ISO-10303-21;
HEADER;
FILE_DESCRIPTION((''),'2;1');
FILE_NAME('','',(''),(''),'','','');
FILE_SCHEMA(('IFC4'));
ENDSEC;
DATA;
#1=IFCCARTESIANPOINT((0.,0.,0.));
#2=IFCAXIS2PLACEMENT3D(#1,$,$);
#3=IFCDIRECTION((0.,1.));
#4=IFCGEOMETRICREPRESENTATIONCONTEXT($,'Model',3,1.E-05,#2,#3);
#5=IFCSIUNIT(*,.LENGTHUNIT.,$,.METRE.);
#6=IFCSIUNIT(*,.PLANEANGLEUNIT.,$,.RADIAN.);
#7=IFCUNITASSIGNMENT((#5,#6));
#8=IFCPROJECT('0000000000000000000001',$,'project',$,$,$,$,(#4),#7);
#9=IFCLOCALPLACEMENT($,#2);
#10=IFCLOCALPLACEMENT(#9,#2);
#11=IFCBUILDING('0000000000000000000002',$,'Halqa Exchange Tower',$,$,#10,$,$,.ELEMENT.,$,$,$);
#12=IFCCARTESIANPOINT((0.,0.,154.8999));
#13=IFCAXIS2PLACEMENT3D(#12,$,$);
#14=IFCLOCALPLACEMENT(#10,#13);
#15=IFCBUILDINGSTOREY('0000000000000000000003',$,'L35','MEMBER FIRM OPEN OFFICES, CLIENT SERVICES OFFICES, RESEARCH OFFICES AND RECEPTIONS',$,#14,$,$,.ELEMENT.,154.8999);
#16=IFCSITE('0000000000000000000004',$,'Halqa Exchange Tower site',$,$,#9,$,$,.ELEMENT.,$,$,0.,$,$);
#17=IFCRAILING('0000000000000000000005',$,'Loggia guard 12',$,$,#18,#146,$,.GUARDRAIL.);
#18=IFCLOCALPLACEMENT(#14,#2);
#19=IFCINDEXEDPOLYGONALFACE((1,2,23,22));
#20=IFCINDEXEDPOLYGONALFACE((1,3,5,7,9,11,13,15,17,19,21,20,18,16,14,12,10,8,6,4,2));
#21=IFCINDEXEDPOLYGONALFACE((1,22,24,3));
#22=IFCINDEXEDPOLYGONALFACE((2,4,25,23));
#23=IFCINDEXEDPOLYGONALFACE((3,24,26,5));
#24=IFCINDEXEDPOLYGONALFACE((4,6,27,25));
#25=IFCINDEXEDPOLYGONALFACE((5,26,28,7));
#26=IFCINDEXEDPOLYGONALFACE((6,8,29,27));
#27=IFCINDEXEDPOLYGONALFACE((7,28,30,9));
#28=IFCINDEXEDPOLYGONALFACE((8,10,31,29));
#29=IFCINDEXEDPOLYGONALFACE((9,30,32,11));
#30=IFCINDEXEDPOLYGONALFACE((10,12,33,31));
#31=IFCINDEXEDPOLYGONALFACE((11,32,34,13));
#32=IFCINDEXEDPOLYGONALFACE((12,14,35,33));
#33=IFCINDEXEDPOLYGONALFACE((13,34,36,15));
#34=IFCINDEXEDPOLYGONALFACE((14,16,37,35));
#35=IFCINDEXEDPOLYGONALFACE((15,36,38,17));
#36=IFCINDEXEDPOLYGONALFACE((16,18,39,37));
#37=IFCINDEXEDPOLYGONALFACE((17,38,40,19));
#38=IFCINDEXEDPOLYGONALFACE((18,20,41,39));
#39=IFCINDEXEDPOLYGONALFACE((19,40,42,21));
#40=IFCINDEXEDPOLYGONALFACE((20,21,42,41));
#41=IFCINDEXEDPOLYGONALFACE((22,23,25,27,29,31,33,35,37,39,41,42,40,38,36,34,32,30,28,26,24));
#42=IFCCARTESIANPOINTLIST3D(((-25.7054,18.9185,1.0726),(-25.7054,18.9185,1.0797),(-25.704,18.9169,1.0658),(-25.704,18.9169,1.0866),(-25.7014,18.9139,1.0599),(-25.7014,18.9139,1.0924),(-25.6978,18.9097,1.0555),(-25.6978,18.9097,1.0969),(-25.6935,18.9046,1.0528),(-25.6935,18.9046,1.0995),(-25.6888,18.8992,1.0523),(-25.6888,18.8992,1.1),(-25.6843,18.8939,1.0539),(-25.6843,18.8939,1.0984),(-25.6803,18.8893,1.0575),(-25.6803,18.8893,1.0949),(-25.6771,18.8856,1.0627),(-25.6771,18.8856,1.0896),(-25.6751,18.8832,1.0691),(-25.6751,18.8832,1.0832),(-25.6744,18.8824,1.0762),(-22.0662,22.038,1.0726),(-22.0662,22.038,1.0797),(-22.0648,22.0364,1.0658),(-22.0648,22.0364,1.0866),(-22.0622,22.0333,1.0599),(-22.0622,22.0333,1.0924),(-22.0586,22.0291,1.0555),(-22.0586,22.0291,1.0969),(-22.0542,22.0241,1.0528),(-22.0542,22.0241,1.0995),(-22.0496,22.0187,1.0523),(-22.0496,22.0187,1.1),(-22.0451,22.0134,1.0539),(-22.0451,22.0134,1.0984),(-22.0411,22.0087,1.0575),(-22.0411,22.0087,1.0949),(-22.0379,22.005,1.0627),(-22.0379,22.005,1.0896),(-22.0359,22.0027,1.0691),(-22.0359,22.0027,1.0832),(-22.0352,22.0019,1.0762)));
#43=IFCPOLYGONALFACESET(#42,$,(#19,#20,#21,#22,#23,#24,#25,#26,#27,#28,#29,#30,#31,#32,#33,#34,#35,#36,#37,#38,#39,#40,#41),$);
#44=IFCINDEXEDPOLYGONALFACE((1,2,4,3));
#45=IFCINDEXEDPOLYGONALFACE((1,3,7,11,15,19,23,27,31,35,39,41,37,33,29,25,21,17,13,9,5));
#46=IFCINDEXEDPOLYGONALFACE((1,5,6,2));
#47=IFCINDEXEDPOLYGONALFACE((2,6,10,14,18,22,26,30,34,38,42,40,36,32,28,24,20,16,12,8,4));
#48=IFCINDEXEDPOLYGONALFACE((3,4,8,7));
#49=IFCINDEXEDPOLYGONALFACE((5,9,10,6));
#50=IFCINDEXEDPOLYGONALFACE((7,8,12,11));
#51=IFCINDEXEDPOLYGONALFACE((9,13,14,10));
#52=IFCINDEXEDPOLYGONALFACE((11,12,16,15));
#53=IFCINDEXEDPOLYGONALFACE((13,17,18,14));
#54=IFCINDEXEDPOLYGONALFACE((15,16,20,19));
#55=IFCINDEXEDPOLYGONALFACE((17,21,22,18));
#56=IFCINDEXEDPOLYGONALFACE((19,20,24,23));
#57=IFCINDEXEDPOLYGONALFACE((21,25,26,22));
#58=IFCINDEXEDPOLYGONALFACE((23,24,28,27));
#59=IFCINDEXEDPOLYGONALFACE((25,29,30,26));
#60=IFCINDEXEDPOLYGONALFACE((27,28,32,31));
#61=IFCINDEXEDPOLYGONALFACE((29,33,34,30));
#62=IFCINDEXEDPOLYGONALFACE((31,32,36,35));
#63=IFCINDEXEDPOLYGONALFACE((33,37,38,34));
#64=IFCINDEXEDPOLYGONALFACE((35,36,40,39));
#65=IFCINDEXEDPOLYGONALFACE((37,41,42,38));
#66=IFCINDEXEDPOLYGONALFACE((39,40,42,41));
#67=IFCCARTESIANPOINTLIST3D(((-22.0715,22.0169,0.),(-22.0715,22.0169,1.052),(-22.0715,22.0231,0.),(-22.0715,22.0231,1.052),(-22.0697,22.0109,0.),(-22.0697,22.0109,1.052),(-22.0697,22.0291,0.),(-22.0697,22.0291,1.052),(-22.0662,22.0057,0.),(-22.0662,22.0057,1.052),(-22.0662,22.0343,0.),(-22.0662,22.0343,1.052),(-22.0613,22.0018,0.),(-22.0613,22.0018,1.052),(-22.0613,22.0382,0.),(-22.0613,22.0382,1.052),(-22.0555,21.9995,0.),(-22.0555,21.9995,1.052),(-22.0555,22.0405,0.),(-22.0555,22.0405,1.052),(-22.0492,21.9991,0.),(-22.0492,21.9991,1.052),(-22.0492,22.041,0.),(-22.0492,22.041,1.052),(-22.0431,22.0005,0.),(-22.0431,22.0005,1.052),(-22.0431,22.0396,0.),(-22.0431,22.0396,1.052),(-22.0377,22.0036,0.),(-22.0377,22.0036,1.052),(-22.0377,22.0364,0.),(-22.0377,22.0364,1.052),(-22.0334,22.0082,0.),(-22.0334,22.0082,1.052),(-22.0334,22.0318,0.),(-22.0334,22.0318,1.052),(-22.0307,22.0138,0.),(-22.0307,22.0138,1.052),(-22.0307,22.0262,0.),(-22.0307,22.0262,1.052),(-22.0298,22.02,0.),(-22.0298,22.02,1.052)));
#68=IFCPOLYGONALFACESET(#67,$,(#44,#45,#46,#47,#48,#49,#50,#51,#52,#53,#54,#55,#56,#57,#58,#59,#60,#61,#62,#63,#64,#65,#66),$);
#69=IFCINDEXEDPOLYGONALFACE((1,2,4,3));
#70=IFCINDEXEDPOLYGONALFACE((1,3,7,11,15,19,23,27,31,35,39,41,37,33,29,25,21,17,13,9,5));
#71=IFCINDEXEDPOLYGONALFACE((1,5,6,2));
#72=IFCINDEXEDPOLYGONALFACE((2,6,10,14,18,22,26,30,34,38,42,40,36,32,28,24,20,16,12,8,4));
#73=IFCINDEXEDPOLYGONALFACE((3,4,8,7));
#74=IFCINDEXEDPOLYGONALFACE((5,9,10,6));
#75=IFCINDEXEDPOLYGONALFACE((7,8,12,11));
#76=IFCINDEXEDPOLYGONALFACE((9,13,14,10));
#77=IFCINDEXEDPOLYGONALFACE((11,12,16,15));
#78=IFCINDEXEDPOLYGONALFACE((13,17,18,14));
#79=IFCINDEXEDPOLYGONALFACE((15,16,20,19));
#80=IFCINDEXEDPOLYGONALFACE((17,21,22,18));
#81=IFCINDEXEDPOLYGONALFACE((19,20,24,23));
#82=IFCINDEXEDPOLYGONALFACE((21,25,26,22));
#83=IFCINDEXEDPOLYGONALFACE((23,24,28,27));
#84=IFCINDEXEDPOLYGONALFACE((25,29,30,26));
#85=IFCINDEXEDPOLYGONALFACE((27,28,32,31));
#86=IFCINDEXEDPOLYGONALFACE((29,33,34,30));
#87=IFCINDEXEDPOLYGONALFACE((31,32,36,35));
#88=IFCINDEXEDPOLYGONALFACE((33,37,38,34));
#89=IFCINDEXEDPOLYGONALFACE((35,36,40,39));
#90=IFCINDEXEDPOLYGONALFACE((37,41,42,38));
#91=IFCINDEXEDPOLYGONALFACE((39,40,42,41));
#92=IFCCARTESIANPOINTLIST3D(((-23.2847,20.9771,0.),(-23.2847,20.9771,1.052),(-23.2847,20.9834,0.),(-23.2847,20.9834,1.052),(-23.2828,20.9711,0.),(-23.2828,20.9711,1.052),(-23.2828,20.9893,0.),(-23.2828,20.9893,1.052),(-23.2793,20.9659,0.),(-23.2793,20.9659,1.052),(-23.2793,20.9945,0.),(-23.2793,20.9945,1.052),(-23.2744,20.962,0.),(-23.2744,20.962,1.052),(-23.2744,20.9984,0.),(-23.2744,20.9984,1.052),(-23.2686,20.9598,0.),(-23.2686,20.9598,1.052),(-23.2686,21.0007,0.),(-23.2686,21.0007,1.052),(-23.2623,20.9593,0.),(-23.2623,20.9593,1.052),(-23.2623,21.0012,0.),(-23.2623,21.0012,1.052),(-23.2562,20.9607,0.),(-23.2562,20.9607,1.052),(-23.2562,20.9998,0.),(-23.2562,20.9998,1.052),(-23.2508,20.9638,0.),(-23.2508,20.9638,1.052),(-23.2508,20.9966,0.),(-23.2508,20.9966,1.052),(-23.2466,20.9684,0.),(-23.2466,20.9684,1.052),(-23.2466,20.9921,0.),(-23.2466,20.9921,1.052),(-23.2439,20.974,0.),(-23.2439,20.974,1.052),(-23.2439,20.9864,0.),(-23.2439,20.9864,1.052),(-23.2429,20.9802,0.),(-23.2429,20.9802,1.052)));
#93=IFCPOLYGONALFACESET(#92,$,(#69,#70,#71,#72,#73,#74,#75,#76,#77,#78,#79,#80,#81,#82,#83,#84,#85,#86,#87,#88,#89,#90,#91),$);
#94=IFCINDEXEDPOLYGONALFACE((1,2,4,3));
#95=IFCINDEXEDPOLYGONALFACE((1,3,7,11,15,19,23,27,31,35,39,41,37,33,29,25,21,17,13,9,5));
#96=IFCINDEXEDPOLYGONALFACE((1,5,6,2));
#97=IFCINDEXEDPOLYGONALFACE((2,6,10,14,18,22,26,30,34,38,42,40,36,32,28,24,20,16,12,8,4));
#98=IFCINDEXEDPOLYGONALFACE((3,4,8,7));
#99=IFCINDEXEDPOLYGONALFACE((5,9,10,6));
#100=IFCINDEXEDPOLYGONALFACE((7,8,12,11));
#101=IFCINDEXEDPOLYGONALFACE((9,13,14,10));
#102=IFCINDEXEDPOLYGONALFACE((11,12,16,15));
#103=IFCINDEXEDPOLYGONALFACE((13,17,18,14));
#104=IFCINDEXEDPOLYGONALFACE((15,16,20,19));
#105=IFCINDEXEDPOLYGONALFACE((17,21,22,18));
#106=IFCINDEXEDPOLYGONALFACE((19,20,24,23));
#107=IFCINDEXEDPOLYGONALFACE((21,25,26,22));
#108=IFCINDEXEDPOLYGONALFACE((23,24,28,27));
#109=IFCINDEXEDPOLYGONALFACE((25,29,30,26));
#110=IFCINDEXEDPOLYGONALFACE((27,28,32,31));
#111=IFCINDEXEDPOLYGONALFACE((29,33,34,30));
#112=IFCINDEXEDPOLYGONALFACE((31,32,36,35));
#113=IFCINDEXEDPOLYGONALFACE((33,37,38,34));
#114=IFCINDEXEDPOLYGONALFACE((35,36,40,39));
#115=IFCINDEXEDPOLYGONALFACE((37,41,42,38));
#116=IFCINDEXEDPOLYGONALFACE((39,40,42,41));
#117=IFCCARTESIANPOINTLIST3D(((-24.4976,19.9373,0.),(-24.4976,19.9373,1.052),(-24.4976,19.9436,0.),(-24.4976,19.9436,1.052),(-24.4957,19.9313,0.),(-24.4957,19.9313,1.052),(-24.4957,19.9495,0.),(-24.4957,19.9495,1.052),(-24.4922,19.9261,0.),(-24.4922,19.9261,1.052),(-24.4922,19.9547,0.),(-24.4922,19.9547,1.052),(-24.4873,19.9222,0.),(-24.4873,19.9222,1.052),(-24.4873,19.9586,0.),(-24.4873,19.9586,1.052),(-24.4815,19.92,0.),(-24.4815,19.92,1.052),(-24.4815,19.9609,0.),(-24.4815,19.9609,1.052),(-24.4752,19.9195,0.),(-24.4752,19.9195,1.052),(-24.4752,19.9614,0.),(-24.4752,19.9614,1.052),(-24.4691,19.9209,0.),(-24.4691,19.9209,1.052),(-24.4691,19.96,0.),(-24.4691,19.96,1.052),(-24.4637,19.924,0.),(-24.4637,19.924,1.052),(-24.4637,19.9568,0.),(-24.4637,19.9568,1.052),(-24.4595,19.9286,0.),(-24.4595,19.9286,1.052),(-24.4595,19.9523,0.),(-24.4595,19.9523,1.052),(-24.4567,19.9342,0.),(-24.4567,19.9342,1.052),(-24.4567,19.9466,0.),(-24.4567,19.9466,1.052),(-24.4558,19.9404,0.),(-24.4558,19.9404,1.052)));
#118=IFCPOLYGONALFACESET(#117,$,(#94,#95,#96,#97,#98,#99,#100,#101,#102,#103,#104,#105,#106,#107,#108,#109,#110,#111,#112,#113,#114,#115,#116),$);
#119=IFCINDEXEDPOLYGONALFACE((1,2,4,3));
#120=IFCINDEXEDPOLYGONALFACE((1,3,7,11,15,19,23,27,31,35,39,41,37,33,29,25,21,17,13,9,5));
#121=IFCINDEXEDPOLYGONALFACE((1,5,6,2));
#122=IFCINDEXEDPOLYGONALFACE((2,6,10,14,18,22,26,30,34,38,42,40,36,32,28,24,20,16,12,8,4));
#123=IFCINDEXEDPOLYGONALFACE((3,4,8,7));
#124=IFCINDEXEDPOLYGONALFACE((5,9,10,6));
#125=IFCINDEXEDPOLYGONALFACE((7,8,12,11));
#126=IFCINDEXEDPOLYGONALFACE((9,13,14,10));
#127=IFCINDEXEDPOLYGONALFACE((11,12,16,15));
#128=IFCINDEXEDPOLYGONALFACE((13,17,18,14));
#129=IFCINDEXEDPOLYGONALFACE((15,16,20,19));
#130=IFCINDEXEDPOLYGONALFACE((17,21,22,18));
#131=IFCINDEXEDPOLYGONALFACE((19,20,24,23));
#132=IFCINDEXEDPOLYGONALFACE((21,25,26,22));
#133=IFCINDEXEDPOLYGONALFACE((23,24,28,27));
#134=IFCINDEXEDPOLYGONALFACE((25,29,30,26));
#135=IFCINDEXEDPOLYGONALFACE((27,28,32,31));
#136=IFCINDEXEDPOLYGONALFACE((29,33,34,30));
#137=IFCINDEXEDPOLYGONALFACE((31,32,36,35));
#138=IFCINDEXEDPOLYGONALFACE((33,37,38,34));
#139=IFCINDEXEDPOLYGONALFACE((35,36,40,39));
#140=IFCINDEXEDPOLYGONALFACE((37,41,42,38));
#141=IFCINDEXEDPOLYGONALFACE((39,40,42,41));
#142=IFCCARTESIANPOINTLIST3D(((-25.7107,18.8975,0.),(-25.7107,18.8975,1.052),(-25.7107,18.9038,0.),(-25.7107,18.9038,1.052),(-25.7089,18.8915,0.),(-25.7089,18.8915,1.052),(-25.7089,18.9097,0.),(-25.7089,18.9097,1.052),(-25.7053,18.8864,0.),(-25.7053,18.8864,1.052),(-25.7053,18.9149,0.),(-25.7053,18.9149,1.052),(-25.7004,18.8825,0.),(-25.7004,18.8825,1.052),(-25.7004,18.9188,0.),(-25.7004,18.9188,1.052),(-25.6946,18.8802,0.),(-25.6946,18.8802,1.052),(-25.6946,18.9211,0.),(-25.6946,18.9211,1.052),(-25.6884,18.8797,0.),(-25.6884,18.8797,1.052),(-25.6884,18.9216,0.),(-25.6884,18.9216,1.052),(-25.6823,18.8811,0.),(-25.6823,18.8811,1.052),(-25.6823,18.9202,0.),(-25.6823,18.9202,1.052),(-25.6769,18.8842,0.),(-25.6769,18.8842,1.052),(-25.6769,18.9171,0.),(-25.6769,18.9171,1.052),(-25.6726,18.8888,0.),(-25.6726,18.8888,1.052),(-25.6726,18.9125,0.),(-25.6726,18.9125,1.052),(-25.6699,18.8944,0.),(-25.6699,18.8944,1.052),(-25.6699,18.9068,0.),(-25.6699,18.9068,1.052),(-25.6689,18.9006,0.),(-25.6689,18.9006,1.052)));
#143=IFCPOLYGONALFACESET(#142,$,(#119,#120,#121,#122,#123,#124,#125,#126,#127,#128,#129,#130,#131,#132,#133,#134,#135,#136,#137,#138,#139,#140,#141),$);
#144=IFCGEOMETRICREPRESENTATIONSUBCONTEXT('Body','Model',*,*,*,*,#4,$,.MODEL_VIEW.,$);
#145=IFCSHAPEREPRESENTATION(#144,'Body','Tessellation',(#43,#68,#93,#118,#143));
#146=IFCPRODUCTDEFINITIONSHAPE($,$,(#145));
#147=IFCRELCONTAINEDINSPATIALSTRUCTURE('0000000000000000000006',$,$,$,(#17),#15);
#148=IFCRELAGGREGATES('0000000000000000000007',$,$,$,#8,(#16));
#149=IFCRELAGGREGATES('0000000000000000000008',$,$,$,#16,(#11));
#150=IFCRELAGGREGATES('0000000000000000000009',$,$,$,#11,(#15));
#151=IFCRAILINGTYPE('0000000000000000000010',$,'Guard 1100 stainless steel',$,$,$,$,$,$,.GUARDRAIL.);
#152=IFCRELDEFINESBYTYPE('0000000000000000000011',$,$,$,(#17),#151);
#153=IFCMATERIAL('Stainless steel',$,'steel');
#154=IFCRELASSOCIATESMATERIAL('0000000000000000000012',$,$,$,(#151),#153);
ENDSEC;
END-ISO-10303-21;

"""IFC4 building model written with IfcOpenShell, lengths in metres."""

from ifc_helpers import new_model, si_unit, direction, frame, origin, origin_2d, place, context, subcontext, project, spatial, circle, extrude, material, type_object, element, save


model = new_model("IFC4")

# Units and contexts
model_context = context("Model", 3, precision=1e-05, world=origin(), true_north=direction((0.0, 1.0)))
body_context = subcontext(model_context, "Body", "Model", "MODEL_VIEW")
ifc_project = project(units=[si_unit("LENGTHUNIT", "METRE"), si_unit("PLANEANGLEUNIT", "RADIAN")], contexts=[model_context])

# Site, building, storey
site_placement = place(None, origin())
site = spatial("IfcSite", under=ifc_project, at=site_placement, Name="Halqa Exchange Tower site", CompositionType="ELEMENT", RefElevation=0.0)
building_placement = place(site_placement, origin())
building = spatial("IfcBuilding", under=site, at=building_placement, Name="Halqa Exchange Tower", CompositionType="ELEMENT")
storey_placement = place(building_placement, frame((0.0, 0.0, 154.8999)))
storey = spatial("IfcBuildingStorey", under=building, at=storey_placement, Name="L35", Description="MEMBER FIRM OPEN OFFICES, CLIENT SERVICES OFFICES, RESEARCH OFFICES AND RECEPTIONS", CompositionType="ELEMENT", Elevation=154.8999)

# Railing
ifc_material_1 = material(Name="Stainless steel", Category="steel")
railing_type = type_object("IfcRailingType", Name="Guard 1100 stainless steel", PredefinedType="GUARDRAIL", material=ifc_material_1)
railing_1_placement = place(storey_placement, frame((-22.0508, 22.02, 0.0)))
element("IfcRailing", 1, at=railing_1_placement, inside=storey, type_object=railing_type, Name="Loggia guard 12", PredefinedType="GUARDRAIL", context=body_context, shape_type="SweptSolid", body=[
    extrude(circle(Radius=0.0239, at=origin_2d()), frame((0.0, 0.0, 1.0762), z_axis=(-0.759246, -0.650804, 0.0), x_axis=(0.650804, -0.759246, 0.0)), (0.0, 0.0, 1.0), 4.7932),
    extrude(circle(Radius=0.021, at=origin_2d()), origin(), (0.0, 0.0, 1.0), 1.052),
    extrude(circle(Radius=0.021, at=origin_2d()), frame((-1.2131, -1.0398, 0.0)), (0.0, 0.0, 1.0), 1.052),
    extrude(circle(Radius=0.021, at=origin_2d()), frame((-2.426, -2.0796, 0.0)), (0.0, 0.0, 1.0), 1.052),
    extrude(circle(Radius=0.021, at=origin_2d()), frame((-3.6392, -3.1194, 0.0)), (0.0, 0.0, 1.0), 1.052),
])

save(model, "model.ifc")
